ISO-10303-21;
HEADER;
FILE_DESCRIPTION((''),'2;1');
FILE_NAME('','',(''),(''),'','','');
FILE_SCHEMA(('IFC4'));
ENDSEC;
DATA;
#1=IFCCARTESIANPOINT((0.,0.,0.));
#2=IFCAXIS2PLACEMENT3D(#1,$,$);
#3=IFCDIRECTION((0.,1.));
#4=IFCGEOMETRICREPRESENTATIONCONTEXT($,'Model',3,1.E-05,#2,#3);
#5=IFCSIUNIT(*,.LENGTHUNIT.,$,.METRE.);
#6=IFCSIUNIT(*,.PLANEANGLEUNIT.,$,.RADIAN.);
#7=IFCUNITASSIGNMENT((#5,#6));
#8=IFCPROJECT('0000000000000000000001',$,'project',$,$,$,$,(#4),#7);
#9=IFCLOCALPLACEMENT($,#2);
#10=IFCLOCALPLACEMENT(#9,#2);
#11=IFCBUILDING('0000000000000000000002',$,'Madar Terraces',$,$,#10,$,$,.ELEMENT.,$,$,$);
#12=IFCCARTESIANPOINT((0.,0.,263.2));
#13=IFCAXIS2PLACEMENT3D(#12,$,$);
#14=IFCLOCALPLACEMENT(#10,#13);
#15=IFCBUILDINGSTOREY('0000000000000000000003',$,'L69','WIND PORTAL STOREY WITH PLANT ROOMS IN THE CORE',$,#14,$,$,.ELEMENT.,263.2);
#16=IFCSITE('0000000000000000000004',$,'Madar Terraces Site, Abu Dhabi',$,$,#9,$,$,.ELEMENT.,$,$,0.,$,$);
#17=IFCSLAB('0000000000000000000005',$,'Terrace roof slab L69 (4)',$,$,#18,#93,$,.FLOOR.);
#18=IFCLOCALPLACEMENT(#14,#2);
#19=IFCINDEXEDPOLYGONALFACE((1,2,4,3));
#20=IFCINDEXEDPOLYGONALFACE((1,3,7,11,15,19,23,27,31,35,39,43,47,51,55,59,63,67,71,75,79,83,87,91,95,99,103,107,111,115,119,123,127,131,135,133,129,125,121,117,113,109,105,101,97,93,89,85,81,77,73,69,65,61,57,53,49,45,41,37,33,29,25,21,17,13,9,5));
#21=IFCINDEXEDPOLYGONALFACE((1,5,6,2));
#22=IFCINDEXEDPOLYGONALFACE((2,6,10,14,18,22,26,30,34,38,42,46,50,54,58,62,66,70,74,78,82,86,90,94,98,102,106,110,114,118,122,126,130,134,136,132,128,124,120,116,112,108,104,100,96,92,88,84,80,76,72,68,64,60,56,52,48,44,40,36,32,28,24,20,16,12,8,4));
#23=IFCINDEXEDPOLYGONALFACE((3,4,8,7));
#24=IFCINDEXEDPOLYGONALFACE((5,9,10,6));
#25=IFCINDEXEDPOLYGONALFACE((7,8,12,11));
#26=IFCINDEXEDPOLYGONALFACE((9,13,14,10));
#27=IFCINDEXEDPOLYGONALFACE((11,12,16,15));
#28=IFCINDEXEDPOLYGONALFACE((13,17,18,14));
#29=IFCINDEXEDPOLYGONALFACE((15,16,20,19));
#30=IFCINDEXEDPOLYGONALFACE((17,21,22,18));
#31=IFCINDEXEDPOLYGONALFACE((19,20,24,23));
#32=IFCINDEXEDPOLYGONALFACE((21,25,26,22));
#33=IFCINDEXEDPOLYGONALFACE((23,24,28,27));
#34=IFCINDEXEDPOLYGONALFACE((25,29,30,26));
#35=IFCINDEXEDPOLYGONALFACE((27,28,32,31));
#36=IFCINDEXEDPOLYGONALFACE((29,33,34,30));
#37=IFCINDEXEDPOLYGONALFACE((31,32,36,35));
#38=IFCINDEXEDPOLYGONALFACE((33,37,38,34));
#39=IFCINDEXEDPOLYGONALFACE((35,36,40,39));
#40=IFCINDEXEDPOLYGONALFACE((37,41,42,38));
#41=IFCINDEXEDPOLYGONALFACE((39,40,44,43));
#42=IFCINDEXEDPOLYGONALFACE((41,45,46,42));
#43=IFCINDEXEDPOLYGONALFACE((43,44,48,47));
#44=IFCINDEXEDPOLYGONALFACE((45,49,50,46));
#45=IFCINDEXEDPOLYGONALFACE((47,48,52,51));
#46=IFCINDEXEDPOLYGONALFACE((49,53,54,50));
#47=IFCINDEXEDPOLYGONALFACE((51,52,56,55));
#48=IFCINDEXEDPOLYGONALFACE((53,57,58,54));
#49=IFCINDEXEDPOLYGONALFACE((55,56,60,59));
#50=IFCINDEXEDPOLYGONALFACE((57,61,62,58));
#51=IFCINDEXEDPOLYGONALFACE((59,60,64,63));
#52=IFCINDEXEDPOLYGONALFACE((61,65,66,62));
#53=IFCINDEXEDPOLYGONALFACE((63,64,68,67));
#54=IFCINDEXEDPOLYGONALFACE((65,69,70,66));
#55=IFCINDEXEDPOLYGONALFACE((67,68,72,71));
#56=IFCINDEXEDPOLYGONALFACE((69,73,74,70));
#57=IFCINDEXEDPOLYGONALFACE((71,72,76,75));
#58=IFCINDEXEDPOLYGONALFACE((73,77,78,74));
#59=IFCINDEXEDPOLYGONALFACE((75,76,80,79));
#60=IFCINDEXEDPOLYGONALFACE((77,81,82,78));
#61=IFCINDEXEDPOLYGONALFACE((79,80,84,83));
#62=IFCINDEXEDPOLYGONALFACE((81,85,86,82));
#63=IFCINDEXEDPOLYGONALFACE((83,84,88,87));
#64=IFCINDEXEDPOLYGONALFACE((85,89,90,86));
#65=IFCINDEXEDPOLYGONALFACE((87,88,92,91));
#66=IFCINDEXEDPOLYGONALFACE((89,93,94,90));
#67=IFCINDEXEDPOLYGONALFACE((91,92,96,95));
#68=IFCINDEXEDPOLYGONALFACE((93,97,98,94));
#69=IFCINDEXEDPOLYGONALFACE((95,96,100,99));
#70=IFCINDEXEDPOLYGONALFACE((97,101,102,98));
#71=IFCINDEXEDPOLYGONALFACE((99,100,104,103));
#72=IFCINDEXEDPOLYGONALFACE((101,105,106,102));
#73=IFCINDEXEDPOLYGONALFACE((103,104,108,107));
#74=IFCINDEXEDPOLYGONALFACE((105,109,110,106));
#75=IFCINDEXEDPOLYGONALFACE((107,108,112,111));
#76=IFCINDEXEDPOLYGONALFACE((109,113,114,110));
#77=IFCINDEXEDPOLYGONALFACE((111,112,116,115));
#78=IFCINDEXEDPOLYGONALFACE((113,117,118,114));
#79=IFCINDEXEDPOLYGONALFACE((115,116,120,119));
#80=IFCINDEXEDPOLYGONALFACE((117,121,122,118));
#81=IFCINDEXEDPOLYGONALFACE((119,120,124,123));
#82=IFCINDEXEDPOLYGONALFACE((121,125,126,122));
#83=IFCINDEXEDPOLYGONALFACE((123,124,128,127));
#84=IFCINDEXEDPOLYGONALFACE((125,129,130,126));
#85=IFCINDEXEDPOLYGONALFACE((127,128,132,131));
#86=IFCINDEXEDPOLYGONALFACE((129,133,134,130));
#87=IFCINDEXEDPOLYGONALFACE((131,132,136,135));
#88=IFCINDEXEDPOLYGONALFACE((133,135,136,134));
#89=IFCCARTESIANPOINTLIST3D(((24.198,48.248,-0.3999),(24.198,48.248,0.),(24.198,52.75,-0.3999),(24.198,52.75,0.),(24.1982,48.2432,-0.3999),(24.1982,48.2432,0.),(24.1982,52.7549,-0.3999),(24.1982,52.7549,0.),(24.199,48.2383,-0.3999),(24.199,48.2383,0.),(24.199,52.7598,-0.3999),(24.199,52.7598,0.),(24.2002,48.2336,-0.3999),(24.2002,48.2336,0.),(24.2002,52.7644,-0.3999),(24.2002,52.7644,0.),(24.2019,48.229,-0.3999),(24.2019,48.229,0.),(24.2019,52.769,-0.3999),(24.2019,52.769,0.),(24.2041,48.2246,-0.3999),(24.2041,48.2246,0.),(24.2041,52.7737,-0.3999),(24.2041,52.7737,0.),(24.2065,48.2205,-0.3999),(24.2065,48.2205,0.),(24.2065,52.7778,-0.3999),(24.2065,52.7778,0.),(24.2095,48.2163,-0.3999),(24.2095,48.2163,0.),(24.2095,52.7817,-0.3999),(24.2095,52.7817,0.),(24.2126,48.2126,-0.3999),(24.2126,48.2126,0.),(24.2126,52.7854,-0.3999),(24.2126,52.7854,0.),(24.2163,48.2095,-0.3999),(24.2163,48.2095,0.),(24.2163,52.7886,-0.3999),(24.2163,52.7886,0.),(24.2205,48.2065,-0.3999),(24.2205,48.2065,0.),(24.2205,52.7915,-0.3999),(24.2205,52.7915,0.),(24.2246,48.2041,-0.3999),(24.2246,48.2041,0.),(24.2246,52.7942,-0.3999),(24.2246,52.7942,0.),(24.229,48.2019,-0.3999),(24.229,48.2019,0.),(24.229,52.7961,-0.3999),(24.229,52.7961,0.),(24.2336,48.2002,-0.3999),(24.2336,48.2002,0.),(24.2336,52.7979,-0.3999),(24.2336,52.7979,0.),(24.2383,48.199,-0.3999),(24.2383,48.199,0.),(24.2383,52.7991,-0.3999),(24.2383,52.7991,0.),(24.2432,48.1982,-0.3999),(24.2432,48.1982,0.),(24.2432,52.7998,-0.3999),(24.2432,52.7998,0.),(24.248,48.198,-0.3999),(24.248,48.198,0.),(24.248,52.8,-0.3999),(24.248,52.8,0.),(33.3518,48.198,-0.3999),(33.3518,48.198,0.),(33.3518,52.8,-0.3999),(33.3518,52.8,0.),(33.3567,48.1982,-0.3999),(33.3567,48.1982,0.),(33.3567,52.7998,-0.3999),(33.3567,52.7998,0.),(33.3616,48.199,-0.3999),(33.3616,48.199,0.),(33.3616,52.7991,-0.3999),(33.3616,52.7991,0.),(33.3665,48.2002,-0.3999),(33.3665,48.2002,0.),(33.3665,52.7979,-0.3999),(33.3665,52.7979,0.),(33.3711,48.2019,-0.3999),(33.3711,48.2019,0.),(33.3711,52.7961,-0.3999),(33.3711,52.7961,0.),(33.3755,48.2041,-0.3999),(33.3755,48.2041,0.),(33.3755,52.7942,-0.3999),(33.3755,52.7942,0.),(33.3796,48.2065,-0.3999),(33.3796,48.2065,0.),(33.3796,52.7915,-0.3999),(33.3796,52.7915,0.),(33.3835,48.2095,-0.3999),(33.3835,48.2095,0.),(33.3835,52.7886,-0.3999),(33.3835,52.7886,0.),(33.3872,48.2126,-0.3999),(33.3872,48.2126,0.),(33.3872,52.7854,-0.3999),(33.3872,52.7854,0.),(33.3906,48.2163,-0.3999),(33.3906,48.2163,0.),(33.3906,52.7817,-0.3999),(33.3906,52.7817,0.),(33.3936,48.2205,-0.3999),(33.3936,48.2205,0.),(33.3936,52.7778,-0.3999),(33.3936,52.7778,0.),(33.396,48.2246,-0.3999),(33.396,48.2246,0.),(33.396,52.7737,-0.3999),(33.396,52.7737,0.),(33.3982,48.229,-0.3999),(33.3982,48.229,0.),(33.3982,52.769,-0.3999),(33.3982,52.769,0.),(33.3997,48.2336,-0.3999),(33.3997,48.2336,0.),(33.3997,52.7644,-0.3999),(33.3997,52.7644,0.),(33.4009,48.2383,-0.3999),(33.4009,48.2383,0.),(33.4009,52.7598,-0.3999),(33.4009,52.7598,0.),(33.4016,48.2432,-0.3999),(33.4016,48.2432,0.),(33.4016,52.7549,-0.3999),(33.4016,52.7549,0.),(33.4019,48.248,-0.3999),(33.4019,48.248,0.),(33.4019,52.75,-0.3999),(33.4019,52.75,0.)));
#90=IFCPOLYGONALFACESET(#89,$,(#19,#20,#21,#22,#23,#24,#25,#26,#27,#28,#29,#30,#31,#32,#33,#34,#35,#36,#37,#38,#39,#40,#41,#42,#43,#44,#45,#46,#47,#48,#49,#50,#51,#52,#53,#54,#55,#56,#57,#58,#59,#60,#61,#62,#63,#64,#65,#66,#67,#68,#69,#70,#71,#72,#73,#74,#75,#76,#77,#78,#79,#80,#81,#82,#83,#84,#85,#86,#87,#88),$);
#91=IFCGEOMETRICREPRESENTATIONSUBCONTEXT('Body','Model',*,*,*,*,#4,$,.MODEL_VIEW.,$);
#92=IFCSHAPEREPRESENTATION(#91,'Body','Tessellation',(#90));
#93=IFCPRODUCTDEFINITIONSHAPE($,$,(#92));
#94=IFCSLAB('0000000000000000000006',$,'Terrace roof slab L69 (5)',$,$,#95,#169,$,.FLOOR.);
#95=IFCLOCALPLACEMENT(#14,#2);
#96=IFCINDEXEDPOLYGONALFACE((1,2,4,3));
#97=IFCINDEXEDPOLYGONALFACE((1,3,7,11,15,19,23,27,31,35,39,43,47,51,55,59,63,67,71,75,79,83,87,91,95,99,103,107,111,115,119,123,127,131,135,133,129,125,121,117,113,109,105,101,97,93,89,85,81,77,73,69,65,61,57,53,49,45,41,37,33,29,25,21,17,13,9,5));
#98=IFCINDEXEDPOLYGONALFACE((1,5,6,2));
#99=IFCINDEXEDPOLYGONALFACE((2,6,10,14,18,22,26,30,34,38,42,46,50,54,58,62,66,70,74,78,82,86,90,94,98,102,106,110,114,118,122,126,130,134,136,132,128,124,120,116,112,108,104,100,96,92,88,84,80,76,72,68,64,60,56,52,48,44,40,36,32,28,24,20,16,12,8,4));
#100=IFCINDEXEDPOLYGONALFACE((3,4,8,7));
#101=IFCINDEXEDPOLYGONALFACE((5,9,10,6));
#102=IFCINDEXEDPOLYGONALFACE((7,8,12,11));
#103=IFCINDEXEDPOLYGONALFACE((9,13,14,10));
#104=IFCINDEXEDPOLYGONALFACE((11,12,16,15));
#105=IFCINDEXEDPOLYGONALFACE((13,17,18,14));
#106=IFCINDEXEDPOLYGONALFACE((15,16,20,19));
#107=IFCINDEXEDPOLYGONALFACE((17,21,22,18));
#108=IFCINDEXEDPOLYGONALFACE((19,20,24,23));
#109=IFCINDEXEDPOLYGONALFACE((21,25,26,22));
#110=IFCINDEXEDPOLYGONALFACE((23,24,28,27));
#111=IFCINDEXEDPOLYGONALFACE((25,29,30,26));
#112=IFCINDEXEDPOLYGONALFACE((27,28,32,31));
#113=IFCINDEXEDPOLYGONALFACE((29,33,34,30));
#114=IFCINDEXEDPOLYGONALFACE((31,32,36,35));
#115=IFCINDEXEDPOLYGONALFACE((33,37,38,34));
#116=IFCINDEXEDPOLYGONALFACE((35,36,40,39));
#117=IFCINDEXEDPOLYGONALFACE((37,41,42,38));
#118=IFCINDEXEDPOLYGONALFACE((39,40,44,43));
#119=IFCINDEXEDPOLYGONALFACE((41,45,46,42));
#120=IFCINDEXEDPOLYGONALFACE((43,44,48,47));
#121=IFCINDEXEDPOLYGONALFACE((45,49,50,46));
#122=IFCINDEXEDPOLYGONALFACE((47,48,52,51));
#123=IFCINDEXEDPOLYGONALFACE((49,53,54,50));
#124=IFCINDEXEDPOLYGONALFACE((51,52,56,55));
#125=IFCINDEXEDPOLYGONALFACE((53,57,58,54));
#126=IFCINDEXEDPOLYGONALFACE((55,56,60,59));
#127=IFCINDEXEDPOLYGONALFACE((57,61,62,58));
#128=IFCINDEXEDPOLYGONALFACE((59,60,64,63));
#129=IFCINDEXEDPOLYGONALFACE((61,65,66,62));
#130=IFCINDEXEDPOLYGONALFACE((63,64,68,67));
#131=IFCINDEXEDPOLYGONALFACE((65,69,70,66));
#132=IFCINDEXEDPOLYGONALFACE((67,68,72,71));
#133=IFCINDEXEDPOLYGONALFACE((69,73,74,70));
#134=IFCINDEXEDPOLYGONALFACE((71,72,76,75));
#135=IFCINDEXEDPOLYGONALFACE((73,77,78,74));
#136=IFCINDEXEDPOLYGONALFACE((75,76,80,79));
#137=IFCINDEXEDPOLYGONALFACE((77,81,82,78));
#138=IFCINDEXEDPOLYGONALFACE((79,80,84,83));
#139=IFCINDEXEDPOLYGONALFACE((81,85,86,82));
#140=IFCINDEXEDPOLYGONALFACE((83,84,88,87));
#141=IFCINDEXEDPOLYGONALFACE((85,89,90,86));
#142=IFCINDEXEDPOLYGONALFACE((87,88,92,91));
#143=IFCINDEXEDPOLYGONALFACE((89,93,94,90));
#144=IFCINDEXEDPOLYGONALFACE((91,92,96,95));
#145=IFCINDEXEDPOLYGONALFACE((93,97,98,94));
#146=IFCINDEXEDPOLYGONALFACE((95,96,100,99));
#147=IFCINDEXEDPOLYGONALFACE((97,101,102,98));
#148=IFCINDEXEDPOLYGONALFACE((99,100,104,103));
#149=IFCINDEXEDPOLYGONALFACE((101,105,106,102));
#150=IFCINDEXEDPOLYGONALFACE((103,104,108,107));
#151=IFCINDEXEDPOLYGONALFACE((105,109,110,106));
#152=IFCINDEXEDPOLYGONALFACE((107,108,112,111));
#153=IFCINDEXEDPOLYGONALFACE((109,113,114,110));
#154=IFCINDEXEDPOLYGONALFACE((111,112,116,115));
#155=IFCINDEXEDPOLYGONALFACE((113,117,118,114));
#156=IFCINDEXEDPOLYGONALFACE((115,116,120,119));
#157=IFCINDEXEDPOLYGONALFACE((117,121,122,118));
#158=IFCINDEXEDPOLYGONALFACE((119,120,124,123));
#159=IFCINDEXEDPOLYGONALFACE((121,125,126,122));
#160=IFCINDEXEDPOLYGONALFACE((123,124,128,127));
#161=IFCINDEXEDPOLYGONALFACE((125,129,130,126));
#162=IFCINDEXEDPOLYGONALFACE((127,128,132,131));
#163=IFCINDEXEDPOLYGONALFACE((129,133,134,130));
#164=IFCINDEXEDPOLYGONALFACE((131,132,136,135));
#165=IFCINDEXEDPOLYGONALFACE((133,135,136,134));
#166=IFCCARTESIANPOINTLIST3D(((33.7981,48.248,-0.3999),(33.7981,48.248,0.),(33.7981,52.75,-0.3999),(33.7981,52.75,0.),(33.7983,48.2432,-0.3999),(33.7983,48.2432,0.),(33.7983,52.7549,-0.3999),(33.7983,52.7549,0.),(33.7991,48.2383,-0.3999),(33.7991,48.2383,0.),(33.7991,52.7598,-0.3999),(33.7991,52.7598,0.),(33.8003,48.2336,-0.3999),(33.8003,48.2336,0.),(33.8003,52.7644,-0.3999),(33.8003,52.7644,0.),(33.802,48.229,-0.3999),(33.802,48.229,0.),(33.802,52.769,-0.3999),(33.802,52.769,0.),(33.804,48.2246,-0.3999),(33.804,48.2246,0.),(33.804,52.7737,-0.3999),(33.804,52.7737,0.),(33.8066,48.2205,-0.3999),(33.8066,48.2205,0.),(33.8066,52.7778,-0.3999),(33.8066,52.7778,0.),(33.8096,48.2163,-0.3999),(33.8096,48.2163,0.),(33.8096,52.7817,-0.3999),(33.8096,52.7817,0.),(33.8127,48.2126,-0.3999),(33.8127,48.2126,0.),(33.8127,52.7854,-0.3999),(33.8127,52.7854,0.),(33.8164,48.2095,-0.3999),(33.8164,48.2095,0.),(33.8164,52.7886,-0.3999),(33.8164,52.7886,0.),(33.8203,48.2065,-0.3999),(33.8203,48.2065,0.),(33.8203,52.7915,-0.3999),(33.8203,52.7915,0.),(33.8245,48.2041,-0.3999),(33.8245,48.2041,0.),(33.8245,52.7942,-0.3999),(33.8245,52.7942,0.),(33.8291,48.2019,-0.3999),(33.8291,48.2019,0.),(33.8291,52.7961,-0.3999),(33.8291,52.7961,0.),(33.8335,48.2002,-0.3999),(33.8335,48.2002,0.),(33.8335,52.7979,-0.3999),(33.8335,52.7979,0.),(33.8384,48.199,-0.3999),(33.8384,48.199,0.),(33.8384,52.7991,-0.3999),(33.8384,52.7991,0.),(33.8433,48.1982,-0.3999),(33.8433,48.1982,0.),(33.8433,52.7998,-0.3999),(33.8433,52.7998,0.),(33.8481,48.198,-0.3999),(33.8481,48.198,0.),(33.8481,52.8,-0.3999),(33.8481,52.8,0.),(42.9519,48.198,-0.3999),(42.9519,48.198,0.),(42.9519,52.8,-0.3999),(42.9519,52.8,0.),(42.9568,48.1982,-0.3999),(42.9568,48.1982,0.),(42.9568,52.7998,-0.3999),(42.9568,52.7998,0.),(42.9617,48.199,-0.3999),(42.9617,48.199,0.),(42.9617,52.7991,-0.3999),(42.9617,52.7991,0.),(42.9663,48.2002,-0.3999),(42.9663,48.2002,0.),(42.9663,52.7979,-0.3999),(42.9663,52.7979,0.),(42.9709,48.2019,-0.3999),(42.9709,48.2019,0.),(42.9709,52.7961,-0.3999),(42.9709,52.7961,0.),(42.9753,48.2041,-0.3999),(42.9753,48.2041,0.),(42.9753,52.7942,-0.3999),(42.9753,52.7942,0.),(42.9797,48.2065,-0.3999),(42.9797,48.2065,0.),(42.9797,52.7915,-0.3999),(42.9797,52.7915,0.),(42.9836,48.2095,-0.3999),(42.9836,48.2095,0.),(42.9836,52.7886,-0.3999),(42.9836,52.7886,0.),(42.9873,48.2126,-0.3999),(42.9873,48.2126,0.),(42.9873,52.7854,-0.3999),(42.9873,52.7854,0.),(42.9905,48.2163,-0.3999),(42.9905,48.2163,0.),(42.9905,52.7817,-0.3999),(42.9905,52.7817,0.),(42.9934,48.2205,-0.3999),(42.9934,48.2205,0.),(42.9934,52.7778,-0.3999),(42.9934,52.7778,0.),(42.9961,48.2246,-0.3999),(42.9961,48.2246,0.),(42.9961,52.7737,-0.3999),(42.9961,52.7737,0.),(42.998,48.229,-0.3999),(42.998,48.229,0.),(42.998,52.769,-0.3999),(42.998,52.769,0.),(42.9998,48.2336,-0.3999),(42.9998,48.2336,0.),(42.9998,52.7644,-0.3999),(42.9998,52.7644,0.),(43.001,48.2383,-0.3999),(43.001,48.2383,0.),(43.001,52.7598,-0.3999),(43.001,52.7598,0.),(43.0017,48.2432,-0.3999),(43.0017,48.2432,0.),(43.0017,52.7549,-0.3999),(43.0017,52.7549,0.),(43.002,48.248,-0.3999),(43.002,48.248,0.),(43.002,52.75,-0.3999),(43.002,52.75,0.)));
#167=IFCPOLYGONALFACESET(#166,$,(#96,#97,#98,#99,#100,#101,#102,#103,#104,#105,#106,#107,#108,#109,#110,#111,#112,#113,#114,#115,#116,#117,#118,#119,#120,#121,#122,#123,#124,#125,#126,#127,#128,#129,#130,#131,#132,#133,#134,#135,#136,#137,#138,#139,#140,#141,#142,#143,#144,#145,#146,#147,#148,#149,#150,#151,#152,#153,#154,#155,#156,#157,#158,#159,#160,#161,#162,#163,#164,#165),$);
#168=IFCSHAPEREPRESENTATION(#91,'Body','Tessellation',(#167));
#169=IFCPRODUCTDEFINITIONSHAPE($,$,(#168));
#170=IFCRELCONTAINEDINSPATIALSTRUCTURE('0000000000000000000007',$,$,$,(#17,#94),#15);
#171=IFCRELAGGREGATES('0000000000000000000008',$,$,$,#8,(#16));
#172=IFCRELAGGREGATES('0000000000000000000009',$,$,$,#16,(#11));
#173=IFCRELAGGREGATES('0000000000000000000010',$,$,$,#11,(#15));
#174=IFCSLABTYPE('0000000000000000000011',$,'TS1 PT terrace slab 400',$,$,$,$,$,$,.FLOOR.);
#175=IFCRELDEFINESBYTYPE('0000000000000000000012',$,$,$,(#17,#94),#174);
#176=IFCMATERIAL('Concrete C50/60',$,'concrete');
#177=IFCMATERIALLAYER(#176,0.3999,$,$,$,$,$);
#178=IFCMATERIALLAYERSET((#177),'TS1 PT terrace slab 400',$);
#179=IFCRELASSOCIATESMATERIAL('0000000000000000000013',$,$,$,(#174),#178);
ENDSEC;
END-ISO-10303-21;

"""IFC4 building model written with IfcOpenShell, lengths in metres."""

from ifc_helpers import new_model, si_unit, direction, frame, origin, place, context, subcontext, project, spatial, polyline, outline, extrude, material, layer, layer_set, type_object, element, save


model = new_model("IFC4")

# Units and contexts
model_context = context("Model", 3, precision=1e-05, world=origin(), true_north=direction((0.0, 1.0)))
body_context = subcontext(model_context, "Body", "Model", "MODEL_VIEW")
ifc_project = project(units=[si_unit("LENGTHUNIT", "METRE"), si_unit("PLANEANGLEUNIT", "RADIAN")], contexts=[model_context])

# Site, building, storey
site_placement = place(None, origin())
site = spatial("IfcSite", under=ifc_project, at=site_placement, Name="Madar Terraces Site, Abu Dhabi", CompositionType="ELEMENT", RefElevation=0.0)
building_placement = place(site_placement, origin())
building = spatial("IfcBuilding", under=site, at=building_placement, Name="Madar Terraces", CompositionType="ELEMENT")
storey_placement = place(building_placement, frame((0.0, 0.0, 263.2)))
storey = spatial("IfcBuildingStorey", under=building, at=storey_placement, Name="L69", Description="WIND PORTAL STOREY WITH PLANT ROOMS IN THE CORE", CompositionType="ELEMENT", Elevation=263.2)

# Slabs
ifc_material_1 = material(Name="Concrete C50/60", Category="concrete")
ifc_layer_1 = layer(ifc_material_1, 0.3999)
ifc_layer_set_1 = layer_set([ifc_layer_1], Name="TS1 PT terrace slab 400")
slab_type_1 = type_object("IfcSlabType", Name="TS1 PT terrace slab 400", PredefinedType="FLOOR", material=ifc_layer_set_1)
slab_1_placement = place(storey_placement, frame((0.0, 0.0, -0.3999)))
element("IfcSlab", 1, at=slab_1_placement, inside=storey, type_object=slab_type_1, Name="Terrace roof slab L69 (4)", PredefinedType="FLOOR", context=body_context, shape_type="SweptSolid", body=[
    extrude(outline(polyline([(33.3616, 52.7991), (33.3567, 52.7998), (33.3518, 52.8), (24.248, 52.8), (24.2432, 52.7998), (24.2383, 52.7991), (24.2336, 52.7979), (24.229, 52.7961), (24.2246, 52.7942), (24.2205, 52.7915), (24.2163, 52.7886), (24.2126, 52.7854), (24.2095, 52.7817), (24.2065, 52.7778), (24.2041, 52.7737), (24.2019, 52.769), (24.2002, 52.7644), (24.199, 52.7598), (24.1982, 52.7549), (24.198, 52.75), (24.198, 48.248), (24.1982, 48.2432), (24.199, 48.2383), (24.2002, 48.2336), (24.2019, 48.229), (24.2041, 48.2246), (24.2065, 48.2205), (24.2095, 48.2163), (24.2126, 48.2126), (24.2163, 48.2095), (24.2205, 48.2065), (24.2246, 48.2041), (24.229, 48.2019), (24.2336, 48.2002), (24.2383, 48.199), (24.2432, 48.1982), (24.248, 48.198), (33.3518, 48.198), (33.3567, 48.1982), (33.3616, 48.199), (33.3665, 48.2002), (33.3711, 48.2019), (33.3755, 48.2041), (33.3796, 48.2065), (33.3835, 48.2095), (33.3872, 48.2126), (33.3906, 48.2163), (33.3936, 48.2205), (33.396, 48.2246), (33.3982, 48.229), (33.3997, 48.2336), (33.4009, 48.2383), (33.4016, 48.2432), (33.4019, 48.248), (33.4019, 52.75), (33.4016, 52.7549), (33.4009, 52.7598), (33.3997, 52.7644), (33.3982, 52.769), (33.396, 52.7737), (33.3936, 52.7778), (33.3906, 52.7817), (33.3872, 52.7854), (33.3835, 52.7886), (33.3796, 52.7915), (33.3755, 52.7942), (33.3711, 52.7961), (33.3665, 52.7979), (33.3616, 52.7991)])), origin(), (0.0, 0.0, 1.0), 0.3999),
])
slab_2_placement = place(storey_placement, frame((0.0, 0.0, -0.3999)))
element("IfcSlab", 2, at=slab_2_placement, inside=storey, type_object=slab_type_1, Name="Terrace roof slab L69 (5)", PredefinedType="FLOOR", context=body_context, shape_type="SweptSolid", body=[
    extrude(outline(polyline([(42.9617, 52.7991), (42.9568, 52.7998), (42.9519, 52.8), (33.8481, 52.8), (33.8433, 52.7998), (33.8384, 52.7991), (33.8335, 52.7979), (33.8291, 52.7961), (33.8245, 52.7942), (33.8203, 52.7915), (33.8164, 52.7886), (33.8127, 52.7854), (33.8096, 52.7817), (33.8066, 52.7778), (33.804, 52.7737), (33.802, 52.769), (33.8003, 52.7644), (33.7991, 52.7598), (33.7983, 52.7549), (33.7981, 52.75), (33.7981, 48.248), (33.7983, 48.2432), (33.7991, 48.2383), (33.8003, 48.2336), (33.802, 48.229), (33.804, 48.2246), (33.8066, 48.2205), (33.8096, 48.2163), (33.8127, 48.2126), (33.8164, 48.2095), (33.8203, 48.2065), (33.8245, 48.2041), (33.8291, 48.2019), (33.8335, 48.2002), (33.8384, 48.199), (33.8433, 48.1982), (33.8481, 48.198), (42.9519, 48.198), (42.9568, 48.1982), (42.9617, 48.199), (42.9663, 48.2002), (42.9709, 48.2019), (42.9753, 48.2041), (42.9797, 48.2065), (42.9836, 48.2095), (42.9873, 48.2126), (42.9905, 48.2163), (42.9934, 48.2205), (42.9961, 48.2246), (42.998, 48.229), (42.9998, 48.2336), (43.001, 48.2383), (43.0017, 48.2432), (43.002, 48.248), (43.002, 52.75), (43.0017, 52.7549), (43.001, 52.7598), (42.9998, 52.7644), (42.998, 52.769), (42.9961, 52.7737), (42.9934, 52.7778), (42.9905, 52.7817), (42.9873, 52.7854), (42.9836, 52.7886), (42.9797, 52.7915), (42.9753, 52.7942), (42.9709, 52.7961), (42.9663, 52.7979), (42.9617, 52.7991)])), origin(), (0.0, 0.0, 1.0), 0.3999),
])

save(model, "model.ifc")
